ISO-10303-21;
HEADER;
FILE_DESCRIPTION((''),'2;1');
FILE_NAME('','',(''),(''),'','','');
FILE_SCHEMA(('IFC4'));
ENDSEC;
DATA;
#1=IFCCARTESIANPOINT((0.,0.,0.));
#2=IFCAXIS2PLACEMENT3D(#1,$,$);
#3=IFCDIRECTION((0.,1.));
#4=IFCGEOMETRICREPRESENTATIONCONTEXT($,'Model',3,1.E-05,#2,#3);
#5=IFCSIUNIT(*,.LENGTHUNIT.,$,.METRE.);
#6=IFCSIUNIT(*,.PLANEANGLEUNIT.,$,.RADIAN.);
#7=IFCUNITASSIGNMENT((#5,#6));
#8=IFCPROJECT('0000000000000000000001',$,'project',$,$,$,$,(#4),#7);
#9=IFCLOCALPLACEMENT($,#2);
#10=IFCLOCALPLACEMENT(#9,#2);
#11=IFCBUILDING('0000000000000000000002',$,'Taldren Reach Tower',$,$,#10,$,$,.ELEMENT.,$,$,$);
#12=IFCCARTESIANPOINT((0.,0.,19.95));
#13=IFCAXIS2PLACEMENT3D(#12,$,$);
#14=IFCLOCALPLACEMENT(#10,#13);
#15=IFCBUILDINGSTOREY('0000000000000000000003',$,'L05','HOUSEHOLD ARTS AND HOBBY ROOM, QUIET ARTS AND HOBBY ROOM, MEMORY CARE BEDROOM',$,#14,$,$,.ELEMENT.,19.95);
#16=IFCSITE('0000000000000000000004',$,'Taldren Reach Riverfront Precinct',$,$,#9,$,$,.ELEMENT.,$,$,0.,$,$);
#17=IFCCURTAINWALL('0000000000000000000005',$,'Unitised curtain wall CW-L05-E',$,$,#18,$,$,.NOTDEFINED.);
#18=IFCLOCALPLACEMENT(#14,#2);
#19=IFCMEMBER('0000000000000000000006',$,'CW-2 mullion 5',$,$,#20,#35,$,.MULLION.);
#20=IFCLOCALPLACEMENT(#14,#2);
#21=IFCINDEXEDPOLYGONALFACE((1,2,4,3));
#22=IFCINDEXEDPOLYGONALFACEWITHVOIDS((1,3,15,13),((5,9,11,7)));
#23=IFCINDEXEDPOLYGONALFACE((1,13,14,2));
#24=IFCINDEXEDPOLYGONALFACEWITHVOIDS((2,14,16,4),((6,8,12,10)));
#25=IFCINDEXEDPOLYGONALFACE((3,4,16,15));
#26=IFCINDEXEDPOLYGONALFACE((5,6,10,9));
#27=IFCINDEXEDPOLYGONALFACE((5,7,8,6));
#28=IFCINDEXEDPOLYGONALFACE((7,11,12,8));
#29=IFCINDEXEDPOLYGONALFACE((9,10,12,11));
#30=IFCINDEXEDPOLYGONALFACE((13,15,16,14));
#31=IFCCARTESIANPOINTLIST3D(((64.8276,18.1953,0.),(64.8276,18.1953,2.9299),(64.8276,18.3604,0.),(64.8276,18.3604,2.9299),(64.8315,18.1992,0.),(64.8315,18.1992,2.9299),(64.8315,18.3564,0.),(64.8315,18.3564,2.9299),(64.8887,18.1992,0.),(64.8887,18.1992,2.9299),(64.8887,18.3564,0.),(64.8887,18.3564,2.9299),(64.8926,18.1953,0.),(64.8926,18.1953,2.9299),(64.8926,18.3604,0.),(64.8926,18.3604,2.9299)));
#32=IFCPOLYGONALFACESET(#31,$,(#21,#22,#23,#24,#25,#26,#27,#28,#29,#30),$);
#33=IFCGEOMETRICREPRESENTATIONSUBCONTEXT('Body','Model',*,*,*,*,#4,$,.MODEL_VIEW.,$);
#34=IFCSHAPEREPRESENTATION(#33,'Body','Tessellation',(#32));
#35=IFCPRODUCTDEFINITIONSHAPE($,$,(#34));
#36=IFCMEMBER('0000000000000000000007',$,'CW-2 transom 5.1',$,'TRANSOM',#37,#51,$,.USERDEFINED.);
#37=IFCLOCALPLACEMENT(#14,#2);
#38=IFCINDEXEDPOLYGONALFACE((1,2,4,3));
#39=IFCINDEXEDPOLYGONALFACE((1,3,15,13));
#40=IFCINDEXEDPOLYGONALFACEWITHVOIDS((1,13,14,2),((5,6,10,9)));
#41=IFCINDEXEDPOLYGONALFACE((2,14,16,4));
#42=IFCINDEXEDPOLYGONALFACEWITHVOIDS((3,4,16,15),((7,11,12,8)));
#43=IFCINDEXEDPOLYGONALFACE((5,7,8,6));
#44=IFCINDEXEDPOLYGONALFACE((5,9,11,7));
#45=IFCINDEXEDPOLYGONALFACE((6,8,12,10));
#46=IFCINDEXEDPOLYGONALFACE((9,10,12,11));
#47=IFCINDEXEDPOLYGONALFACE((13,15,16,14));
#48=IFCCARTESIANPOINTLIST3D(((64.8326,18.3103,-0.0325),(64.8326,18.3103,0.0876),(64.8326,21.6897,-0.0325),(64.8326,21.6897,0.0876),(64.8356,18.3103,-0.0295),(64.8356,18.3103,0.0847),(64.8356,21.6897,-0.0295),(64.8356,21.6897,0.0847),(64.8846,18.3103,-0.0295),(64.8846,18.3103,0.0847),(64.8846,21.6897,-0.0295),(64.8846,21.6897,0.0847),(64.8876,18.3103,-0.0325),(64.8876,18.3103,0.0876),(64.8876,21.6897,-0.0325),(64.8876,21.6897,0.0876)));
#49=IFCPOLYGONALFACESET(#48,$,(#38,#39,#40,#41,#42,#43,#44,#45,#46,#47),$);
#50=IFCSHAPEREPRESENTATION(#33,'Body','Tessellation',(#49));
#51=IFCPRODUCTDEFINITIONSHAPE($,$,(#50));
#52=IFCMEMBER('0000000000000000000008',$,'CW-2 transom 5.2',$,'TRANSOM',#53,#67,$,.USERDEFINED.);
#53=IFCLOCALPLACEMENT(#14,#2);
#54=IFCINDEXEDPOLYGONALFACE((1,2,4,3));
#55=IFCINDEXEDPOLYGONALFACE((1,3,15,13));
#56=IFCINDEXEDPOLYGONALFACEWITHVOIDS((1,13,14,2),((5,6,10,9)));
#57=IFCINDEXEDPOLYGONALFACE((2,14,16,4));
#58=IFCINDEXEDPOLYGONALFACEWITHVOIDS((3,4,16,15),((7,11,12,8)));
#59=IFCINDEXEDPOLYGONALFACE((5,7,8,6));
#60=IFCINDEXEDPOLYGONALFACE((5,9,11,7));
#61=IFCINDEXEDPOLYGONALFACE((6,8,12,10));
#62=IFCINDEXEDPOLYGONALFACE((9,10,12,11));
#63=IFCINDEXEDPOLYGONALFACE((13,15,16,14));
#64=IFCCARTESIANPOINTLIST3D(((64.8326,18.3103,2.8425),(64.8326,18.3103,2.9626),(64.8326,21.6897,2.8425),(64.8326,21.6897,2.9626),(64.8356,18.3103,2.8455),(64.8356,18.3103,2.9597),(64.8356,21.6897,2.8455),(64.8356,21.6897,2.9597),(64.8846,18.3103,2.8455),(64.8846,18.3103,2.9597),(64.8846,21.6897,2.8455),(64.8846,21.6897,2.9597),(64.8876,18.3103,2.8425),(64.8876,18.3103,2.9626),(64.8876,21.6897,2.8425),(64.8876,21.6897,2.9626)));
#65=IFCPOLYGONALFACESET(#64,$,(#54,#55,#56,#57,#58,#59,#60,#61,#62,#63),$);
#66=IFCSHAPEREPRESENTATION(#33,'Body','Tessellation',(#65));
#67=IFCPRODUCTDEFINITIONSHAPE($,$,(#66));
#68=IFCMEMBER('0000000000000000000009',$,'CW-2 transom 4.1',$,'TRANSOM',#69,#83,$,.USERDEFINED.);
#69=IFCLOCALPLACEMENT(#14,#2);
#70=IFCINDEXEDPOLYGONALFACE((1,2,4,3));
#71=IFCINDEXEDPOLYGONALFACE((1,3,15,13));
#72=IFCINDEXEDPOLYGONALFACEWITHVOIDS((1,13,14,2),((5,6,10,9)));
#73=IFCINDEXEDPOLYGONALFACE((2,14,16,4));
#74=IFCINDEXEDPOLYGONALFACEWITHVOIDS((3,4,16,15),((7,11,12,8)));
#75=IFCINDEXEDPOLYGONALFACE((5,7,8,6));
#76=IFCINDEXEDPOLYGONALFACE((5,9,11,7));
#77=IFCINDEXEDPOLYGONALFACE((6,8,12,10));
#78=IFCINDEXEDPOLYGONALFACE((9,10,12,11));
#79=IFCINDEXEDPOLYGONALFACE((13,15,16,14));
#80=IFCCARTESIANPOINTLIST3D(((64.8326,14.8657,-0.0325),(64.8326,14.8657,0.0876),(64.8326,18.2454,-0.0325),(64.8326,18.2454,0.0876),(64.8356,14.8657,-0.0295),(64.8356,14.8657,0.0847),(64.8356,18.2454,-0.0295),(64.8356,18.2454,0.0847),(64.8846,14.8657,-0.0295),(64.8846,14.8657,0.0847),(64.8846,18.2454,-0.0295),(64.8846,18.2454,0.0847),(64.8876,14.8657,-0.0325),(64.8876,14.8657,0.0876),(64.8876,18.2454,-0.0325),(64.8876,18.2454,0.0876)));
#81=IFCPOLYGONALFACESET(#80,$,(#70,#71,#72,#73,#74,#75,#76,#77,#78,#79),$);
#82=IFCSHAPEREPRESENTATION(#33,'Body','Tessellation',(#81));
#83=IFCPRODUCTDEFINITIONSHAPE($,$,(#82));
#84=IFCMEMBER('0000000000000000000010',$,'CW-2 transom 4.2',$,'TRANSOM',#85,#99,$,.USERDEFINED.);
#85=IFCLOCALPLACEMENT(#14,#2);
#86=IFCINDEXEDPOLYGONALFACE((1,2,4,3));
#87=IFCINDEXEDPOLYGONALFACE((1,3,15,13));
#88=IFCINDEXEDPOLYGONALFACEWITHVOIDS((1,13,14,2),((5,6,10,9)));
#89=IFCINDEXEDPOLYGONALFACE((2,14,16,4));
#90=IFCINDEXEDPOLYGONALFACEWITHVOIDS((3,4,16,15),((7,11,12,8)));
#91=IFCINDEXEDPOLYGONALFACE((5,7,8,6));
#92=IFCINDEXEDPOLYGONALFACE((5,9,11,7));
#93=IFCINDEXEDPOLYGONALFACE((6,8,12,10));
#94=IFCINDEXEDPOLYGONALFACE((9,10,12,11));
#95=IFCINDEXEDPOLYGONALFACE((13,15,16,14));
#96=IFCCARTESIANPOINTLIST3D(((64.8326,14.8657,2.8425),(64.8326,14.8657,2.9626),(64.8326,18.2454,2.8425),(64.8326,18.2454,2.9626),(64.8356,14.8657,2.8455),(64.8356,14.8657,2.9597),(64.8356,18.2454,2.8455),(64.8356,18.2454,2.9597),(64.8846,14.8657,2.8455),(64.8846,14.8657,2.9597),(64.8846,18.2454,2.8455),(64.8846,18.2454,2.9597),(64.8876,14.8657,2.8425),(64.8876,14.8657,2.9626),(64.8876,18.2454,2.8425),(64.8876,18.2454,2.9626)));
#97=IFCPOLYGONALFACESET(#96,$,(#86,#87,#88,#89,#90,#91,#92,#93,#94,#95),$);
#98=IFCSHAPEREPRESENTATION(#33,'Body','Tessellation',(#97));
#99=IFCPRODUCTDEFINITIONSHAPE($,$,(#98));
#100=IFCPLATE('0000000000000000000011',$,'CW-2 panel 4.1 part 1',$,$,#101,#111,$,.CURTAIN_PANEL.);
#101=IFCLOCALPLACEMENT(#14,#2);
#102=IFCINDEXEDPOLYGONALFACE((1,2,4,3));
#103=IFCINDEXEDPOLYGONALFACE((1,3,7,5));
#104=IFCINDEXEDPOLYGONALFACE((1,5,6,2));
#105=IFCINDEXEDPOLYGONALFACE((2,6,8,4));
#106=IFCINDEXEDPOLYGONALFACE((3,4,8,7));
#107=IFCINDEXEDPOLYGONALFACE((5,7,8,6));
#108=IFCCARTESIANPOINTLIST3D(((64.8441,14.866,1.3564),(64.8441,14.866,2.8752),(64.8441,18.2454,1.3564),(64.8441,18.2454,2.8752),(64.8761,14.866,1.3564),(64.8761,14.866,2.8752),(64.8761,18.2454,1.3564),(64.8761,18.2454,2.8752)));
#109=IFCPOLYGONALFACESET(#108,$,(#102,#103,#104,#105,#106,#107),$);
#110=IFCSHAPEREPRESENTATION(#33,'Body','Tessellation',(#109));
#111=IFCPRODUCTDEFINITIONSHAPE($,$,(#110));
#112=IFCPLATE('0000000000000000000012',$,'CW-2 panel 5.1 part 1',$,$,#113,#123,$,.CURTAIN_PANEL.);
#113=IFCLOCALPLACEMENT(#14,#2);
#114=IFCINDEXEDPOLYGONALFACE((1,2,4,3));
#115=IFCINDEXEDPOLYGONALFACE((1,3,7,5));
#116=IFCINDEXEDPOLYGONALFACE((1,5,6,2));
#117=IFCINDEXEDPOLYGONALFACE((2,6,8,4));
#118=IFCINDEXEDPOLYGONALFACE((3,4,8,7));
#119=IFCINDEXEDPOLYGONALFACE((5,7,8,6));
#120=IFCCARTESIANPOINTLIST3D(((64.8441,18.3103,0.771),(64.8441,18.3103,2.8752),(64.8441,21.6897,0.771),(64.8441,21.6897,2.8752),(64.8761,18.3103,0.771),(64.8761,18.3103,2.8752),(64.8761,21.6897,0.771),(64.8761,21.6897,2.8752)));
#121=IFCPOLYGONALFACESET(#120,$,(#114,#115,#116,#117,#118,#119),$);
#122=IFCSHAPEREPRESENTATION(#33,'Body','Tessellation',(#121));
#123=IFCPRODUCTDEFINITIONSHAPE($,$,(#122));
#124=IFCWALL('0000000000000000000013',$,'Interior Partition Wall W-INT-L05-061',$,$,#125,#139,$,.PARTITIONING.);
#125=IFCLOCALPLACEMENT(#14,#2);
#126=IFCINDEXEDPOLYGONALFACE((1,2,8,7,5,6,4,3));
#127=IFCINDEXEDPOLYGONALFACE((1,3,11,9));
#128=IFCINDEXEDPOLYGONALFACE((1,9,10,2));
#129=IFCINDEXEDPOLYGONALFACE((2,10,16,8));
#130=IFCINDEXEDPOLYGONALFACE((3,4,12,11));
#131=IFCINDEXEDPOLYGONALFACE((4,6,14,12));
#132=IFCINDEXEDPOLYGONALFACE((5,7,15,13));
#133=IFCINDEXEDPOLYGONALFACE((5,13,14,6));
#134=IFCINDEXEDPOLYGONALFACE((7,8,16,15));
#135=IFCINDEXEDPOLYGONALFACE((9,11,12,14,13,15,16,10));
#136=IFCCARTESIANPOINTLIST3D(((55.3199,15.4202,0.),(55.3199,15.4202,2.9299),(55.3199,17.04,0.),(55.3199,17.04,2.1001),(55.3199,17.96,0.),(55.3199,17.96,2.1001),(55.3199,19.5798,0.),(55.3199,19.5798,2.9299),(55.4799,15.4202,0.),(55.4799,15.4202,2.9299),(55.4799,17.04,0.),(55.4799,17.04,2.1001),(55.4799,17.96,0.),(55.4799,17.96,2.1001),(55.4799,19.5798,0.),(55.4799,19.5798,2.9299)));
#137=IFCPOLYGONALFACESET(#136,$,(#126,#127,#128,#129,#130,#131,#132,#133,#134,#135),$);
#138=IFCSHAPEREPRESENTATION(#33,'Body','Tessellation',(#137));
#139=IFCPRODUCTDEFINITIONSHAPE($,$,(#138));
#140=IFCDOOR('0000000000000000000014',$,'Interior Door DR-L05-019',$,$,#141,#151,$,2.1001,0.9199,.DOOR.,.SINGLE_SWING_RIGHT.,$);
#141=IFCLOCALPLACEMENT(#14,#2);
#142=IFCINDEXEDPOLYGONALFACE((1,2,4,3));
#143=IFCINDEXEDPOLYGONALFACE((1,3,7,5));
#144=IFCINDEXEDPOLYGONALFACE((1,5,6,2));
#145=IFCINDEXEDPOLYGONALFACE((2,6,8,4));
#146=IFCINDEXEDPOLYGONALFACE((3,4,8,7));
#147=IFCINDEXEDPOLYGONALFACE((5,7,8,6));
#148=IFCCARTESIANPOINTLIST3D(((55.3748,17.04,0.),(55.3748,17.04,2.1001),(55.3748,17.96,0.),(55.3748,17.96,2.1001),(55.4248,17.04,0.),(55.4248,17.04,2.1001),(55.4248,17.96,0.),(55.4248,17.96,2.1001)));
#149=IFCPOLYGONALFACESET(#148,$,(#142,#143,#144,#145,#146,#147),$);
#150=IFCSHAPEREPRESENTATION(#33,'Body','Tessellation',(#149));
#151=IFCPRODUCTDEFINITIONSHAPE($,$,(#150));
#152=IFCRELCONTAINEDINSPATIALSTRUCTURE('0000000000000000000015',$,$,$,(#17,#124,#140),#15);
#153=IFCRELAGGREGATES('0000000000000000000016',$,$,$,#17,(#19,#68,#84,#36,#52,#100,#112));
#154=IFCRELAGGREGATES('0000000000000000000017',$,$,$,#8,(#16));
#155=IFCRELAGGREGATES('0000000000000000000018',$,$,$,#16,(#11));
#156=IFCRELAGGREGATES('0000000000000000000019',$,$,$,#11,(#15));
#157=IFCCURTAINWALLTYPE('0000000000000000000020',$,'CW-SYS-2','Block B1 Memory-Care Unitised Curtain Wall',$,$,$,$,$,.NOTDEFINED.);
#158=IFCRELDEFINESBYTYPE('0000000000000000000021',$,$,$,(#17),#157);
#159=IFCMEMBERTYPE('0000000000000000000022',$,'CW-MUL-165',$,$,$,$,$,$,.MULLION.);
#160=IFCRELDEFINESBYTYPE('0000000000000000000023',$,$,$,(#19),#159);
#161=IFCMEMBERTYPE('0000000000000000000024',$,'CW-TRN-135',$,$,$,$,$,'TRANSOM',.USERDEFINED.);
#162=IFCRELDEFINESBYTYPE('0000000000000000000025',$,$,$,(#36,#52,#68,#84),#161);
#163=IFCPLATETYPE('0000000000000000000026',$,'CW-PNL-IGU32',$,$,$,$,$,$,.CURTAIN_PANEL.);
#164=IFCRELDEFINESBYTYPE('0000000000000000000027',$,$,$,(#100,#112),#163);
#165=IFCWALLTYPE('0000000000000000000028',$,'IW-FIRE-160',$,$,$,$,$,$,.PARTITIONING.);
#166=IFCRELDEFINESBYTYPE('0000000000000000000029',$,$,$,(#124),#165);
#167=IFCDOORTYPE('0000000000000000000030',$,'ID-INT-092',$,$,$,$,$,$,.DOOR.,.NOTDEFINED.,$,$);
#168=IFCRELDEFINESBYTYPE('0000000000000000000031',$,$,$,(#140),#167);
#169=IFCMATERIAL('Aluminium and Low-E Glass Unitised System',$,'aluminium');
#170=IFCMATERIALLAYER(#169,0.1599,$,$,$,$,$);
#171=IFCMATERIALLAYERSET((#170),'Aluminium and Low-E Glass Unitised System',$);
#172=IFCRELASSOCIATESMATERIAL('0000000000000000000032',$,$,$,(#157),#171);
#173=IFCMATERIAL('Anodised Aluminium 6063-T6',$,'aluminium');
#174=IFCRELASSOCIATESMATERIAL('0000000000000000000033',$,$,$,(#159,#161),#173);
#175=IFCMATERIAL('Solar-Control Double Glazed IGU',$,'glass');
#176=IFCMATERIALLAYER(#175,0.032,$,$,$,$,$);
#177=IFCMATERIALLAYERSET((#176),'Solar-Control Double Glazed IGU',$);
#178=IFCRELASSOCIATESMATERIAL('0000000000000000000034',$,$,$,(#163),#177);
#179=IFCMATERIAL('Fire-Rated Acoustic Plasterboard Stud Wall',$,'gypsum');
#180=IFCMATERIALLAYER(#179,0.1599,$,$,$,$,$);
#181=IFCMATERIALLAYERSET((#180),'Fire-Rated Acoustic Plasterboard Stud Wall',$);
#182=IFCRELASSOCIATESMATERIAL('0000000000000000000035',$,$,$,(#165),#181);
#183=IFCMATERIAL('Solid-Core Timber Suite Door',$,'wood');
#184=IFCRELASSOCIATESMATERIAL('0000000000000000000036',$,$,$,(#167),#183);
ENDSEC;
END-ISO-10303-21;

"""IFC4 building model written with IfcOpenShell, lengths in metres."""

from ifc_helpers import new_model, si_unit, direction, frame, frame_2d, origin, origin_2d, place, context, subcontext, project, spatial, rectangle, hollow_rectangle, extrude, source, transform, mapped, material, layer, layer_set, material_profile, profile_set, type_object, element, fill, aggregate, save


model = new_model("IFC4")

# Units and contexts
model_context = context("Model", 3, precision=1e-05, world=origin(), true_north=direction((0.0, 1.0)))
body_context = subcontext(model_context, "Body", "Model", "MODEL_VIEW")
ifc_project = project(units=[si_unit("LENGTHUNIT", "METRE"), si_unit("PLANEANGLEUNIT", "RADIAN")], contexts=[model_context])

# Site, building, storey
site_placement = place(None, origin())
site = spatial("IfcSite", under=ifc_project, at=site_placement, Name="Taldren Reach Riverfront Precinct", CompositionType="ELEMENT", RefElevation=0.0)
building_placement = place(site_placement, origin())
building = spatial("IfcBuilding", under=site, at=building_placement, Name="Taldren Reach Tower", CompositionType="ELEMENT")
storey_placement = place(building_placement, frame((0.0, 0.0, 19.95)))
storey = spatial("IfcBuildingStorey", under=building, at=storey_placement, Name="L05", Description="HOUSEHOLD ARTS AND HOBBY ROOM, QUIET ARTS AND HOBBY ROOM, MEMORY CARE BEDROOM", CompositionType="ELEMENT", Elevation=19.95)

# Curtain wall, members, plates
ifc_material_1 = material(Name="Aluminium and Low-E Glass Unitised System", Category="aluminium")
ifc_layer_1 = layer(ifc_material_1, 0.1599)
ifc_layer_set_1 = layer_set([ifc_layer_1], Name="Aluminium and Low-E Glass Unitised System")
curtain_wall_type = type_object("IfcCurtainWallType", Name="CW-SYS-2", Description="Block B1 Memory-Care Unitised Curtain Wall", PredefinedType="NOTDEFINED", material=ifc_layer_set_1)
curtain_wall_placement = place(storey_placement, origin())
curtain_wall = element("IfcCurtainWall", 1, at=curtain_wall_placement, inside=storey, type_object=curtain_wall_type, Name="Unitised curtain wall CW-L05-E", PredefinedType="NOTDEFINED")
ifc_material_2 = material(Name="Anodised Aluminium 6063-T6", Category="aluminium")
ifc_material_profile_1 = material_profile(ifc_material_2, hollow_rectangle(XDim=0.0649, YDim=0.165, WallThickness=0.0039, at=origin_2d()), Name="ALU-165x65x4RHS")
ifc_profile_set_1 = profile_set([ifc_material_profile_1], Name="Anodised Aluminium 6063-T6")
member_type_1 = type_object("IfcMemberType", Name="CW-MUL-165", PredefinedType="MULLION", material=ifc_profile_set_1)
shared_shape_1 = source(origin(), body_context, "Body", "SweptSolid", [
    extrude(hollow_rectangle(XDim=0.0649, YDim=0.165, WallThickness=0.0039, at=origin_2d()), origin(), (0.0, 0.0, 1.0), 2.9299),
])
member_1_placement = place(storey_placement, frame((64.8601, 18.2778, 0.0), z_axis=(0.0, 0.0, 1.0), x_axis=(-1.0, 0.0, 0.0)))
member_1 = element("IfcMember", 2, at=member_1_placement, type_object=member_type_1, Name="CW-2 mullion 5", PredefinedType="MULLION", context=body_context, shape_type="MappedRepresentation", body=[
    mapped(shared_shape_1, transform((0.0, 0.0, 0.0), scale=1.0)),
])
ifc_material_profile_2 = material_profile(ifc_material_2, hollow_rectangle(XDim=0.0549, YDim=0.1201, WallThickness=0.0029, at=origin_2d()), Name="ALU-120x55x3RHS")
ifc_profile_set_2 = profile_set([ifc_material_profile_2], Name="Anodised Aluminium 6063-T6")
member_type_2 = type_object("IfcMemberType", Name="CW-TRN-135", ElementType="TRANSOM", PredefinedType="USERDEFINED", material=ifc_profile_set_2)
shared_shape_2 = source(origin(), body_context, "Body", "SweptSolid", [
    extrude(hollow_rectangle(XDim=0.0549, YDim=0.1201, WallThickness=0.0029, at=origin_2d()), origin(), (0.0, 0.0, 1.0), 3.3794),
])
member_2_placement = place(storey_placement, frame((64.8601, 18.3103, 0.0276), z_axis=(0.0, 1.0, 0.0), x_axis=(-1.0, 0.0, 0.0)))
member_2 = element("IfcMember", 3, at=member_2_placement, type_object=member_type_2, Name="CW-2 transom 5.1", ObjectType="TRANSOM", PredefinedType="USERDEFINED", context=body_context, shape_type="MappedRepresentation", body=[
    mapped(shared_shape_2, transform((0.0, 0.0, 0.0), scale=1.0)),
])
member_3_placement = place(storey_placement, frame((64.8601, 18.3103, 2.9026), z_axis=(0.0, 1.0, 0.0), x_axis=(-1.0, 0.0, 0.0)))
member_3 = element("IfcMember", 4, at=member_3_placement, type_object=member_type_2, Name="CW-2 transom 5.2", ObjectType="TRANSOM", PredefinedType="USERDEFINED", context=body_context, shape_type="MappedRepresentation", body=[
    mapped(shared_shape_2, transform((0.0, 0.0, 0.0), scale=1.0)),
])
shared_shape_3 = source(origin(), body_context, "Body", "SweptSolid", [
    extrude(hollow_rectangle(XDim=0.0549, YDim=0.1201, WallThickness=0.0029, at=origin_2d()), origin(), (0.0, 0.0, 1.0), 3.3796),
])
member_4_placement = place(storey_placement, frame((64.8601, 14.8657, 0.0276), z_axis=(0.0, 1.0, 0.0), x_axis=(-1.0, 0.0, 0.0)))
member_4 = element("IfcMember", 5, at=member_4_placement, type_object=member_type_2, Name="CW-2 transom 4.1", ObjectType="TRANSOM", PredefinedType="USERDEFINED", context=body_context, shape_type="MappedRepresentation", body=[
    mapped(shared_shape_3, transform((0.0, 0.0, 0.0), scale=1.0)),
])
member_5_placement = place(storey_placement, frame((64.8601, 14.8657, 2.9026), z_axis=(0.0, 1.0, 0.0), x_axis=(-1.0, 0.0, 0.0)))
member_5 = element("IfcMember", 6, at=member_5_placement, type_object=member_type_2, Name="CW-2 transom 4.2", ObjectType="TRANSOM", PredefinedType="USERDEFINED", context=body_context, shape_type="MappedRepresentation", body=[
    mapped(shared_shape_3, transform((0.0, 0.0, 0.0), scale=1.0)),
])
ifc_material_3 = material(Name="Solar-Control Double Glazed IGU", Category="glass")
ifc_layer_2 = layer(ifc_material_3, 0.032)
ifc_layer_set_2 = layer_set([ifc_layer_2], Name="Solar-Control Double Glazed IGU")
plate_type = type_object("IfcPlateType", Name="CW-PNL-IGU32", PredefinedType="CURTAIN_PANEL", material=ifc_layer_set_2)
shared_shape_4 = source(origin(), body_context, "Body", "SweptSolid", [
    extrude(rectangle(XDim=3.3794, YDim=0.032, at=origin_2d()), origin(), (0.0, 0.0, 1.0), 1.5188),
])
plate_1_placement = place(storey_placement, frame((64.8601, 16.5557, 1.3564), z_axis=(0.0, 0.0, 1.0), x_axis=(0.0, 1.0, 0.0)))
plate_1 = element("IfcPlate", 7, at=plate_1_placement, type_object=plate_type, Name="CW-2 panel 4.1 part 1", PredefinedType="CURTAIN_PANEL", context=body_context, shape_type="MappedRepresentation", body=[
    mapped(shared_shape_4, transform((0.0, 0.0, 0.0), scale=1.0)),
])
shared_shape_5 = source(origin(), body_context, "Body", "SweptSolid", [
    extrude(rectangle(XDim=3.3794, YDim=0.032, at=origin_2d()), origin(), (0.0, 0.0, 1.0), 2.1042),
])
plate_2_placement = place(storey_placement, frame((64.8601, 20.0, 0.771), z_axis=(0.0, 0.0, 1.0), x_axis=(0.0, 1.0, 0.0)))
plate_2 = element("IfcPlate", 8, at=plate_2_placement, type_object=plate_type, Name="CW-2 panel 5.1 part 1", PredefinedType="CURTAIN_PANEL", context=body_context, shape_type="MappedRepresentation", body=[
    mapped(shared_shape_5, transform((0.0, 0.0, 0.0), scale=1.0)),
])
aggregate(curtain_wall, [member_1, member_4, member_5, member_2, member_3, plate_1, plate_2])

# Wall, opening, door
ifc_material_4 = material(Name="Fire-Rated Acoustic Plasterboard Stud Wall", Category="gypsum")
ifc_layer_3 = layer(ifc_material_4, 0.1599)
ifc_layer_set_3 = layer_set([ifc_layer_3], Name="Fire-Rated Acoustic Plasterboard Stud Wall")
wall_type_1 = type_object("IfcWallType", Name="IW-FIRE-160", PredefinedType="PARTITIONING", material=ifc_layer_set_3)
shared_shape_6 = source(origin(), body_context, "Body", "SweptSolid", [
    extrude(rectangle(XDim=4.1597, YDim=0.1599, at=frame_2d((2.0798, 0.0))), origin(), (0.0, 0.0, 1.0), 2.9299),
])
wall_1_placement = place(storey_placement, frame((55.3999, 19.5798, 0.0), z_axis=(0.0, 0.0, 1.0), x_axis=(0.0, -1.0, 0.0)))
wall_1 = element("IfcWall", 9, at=wall_1_placement, inside=storey, type_object=wall_type_1, Name="Interior Partition Wall W-INT-L05-061", PredefinedType="PARTITIONING", context=body_context, shape_type="MappedRepresentation", body=[
    mapped(shared_shape_6, transform((0.0, 0.0, 0.0), scale=1.0)),
])
shared_shape_7 = source(origin(), body_context, "Body", "SweptSolid", [
    extrude(rectangle(XDim=0.9199, YDim=2.1001, at=frame_2d((0.46, 1.05))), frame((0.0, 0.0898, 0.0), z_axis=(0.0, -1.0, 0.0), x_axis=(1.0, 0.0, 0.0)), (0.0, 0.0, 1.0), 0.1799),
])
opening_1_placement = place(wall_1_placement, frame((1.6199, 0.0, 0.0)))
opening_1 = element("IfcOpeningElement", 10, at=opening_1_placement, cuts=wall_1, PredefinedType="OPENING", context=body_context, shape_type="MappedRepresentation", body=[
    mapped(shared_shape_7, transform((0.0, 0.0, 0.0), scale=1.0)),
])
ifc_material_5 = material(Name="Solid-Core Timber Suite Door", Category="wood")
door_type_1 = type_object("IfcDoorType", Name="ID-INT-092", OperationType="NOTDEFINED", PredefinedType="DOOR", material=ifc_material_5)
shared_shape_8 = source(origin(), body_context, "Body", "SweptSolid", [
    extrude(rectangle(XDim=0.9199, YDim=2.1001, at=frame_2d((0.46, 1.05))), frame((0.0, 0.0249, 0.0), z_axis=(0.0, -1.0, 0.0), x_axis=(1.0, 0.0, 0.0)), (0.0, 0.0, 1.0), 0.05),
])
door_1_placement = place(opening_1_placement, origin())
door_1 = element("IfcDoor", 11, at=door_1_placement, inside=storey, type_object=door_type_1, Name="Interior Door DR-L05-019", OperationType="SINGLE_SWING_RIGHT", OverallHeight=2.1001, OverallWidth=0.9199, PredefinedType="DOOR", context=body_context, shape_type="MappedRepresentation", body=[
    mapped(shared_shape_8, transform((0.0, 0.0, 0.0), scale=1.0)),
])
fill(opening_1, door_1)

save(model, "model.ifc")
